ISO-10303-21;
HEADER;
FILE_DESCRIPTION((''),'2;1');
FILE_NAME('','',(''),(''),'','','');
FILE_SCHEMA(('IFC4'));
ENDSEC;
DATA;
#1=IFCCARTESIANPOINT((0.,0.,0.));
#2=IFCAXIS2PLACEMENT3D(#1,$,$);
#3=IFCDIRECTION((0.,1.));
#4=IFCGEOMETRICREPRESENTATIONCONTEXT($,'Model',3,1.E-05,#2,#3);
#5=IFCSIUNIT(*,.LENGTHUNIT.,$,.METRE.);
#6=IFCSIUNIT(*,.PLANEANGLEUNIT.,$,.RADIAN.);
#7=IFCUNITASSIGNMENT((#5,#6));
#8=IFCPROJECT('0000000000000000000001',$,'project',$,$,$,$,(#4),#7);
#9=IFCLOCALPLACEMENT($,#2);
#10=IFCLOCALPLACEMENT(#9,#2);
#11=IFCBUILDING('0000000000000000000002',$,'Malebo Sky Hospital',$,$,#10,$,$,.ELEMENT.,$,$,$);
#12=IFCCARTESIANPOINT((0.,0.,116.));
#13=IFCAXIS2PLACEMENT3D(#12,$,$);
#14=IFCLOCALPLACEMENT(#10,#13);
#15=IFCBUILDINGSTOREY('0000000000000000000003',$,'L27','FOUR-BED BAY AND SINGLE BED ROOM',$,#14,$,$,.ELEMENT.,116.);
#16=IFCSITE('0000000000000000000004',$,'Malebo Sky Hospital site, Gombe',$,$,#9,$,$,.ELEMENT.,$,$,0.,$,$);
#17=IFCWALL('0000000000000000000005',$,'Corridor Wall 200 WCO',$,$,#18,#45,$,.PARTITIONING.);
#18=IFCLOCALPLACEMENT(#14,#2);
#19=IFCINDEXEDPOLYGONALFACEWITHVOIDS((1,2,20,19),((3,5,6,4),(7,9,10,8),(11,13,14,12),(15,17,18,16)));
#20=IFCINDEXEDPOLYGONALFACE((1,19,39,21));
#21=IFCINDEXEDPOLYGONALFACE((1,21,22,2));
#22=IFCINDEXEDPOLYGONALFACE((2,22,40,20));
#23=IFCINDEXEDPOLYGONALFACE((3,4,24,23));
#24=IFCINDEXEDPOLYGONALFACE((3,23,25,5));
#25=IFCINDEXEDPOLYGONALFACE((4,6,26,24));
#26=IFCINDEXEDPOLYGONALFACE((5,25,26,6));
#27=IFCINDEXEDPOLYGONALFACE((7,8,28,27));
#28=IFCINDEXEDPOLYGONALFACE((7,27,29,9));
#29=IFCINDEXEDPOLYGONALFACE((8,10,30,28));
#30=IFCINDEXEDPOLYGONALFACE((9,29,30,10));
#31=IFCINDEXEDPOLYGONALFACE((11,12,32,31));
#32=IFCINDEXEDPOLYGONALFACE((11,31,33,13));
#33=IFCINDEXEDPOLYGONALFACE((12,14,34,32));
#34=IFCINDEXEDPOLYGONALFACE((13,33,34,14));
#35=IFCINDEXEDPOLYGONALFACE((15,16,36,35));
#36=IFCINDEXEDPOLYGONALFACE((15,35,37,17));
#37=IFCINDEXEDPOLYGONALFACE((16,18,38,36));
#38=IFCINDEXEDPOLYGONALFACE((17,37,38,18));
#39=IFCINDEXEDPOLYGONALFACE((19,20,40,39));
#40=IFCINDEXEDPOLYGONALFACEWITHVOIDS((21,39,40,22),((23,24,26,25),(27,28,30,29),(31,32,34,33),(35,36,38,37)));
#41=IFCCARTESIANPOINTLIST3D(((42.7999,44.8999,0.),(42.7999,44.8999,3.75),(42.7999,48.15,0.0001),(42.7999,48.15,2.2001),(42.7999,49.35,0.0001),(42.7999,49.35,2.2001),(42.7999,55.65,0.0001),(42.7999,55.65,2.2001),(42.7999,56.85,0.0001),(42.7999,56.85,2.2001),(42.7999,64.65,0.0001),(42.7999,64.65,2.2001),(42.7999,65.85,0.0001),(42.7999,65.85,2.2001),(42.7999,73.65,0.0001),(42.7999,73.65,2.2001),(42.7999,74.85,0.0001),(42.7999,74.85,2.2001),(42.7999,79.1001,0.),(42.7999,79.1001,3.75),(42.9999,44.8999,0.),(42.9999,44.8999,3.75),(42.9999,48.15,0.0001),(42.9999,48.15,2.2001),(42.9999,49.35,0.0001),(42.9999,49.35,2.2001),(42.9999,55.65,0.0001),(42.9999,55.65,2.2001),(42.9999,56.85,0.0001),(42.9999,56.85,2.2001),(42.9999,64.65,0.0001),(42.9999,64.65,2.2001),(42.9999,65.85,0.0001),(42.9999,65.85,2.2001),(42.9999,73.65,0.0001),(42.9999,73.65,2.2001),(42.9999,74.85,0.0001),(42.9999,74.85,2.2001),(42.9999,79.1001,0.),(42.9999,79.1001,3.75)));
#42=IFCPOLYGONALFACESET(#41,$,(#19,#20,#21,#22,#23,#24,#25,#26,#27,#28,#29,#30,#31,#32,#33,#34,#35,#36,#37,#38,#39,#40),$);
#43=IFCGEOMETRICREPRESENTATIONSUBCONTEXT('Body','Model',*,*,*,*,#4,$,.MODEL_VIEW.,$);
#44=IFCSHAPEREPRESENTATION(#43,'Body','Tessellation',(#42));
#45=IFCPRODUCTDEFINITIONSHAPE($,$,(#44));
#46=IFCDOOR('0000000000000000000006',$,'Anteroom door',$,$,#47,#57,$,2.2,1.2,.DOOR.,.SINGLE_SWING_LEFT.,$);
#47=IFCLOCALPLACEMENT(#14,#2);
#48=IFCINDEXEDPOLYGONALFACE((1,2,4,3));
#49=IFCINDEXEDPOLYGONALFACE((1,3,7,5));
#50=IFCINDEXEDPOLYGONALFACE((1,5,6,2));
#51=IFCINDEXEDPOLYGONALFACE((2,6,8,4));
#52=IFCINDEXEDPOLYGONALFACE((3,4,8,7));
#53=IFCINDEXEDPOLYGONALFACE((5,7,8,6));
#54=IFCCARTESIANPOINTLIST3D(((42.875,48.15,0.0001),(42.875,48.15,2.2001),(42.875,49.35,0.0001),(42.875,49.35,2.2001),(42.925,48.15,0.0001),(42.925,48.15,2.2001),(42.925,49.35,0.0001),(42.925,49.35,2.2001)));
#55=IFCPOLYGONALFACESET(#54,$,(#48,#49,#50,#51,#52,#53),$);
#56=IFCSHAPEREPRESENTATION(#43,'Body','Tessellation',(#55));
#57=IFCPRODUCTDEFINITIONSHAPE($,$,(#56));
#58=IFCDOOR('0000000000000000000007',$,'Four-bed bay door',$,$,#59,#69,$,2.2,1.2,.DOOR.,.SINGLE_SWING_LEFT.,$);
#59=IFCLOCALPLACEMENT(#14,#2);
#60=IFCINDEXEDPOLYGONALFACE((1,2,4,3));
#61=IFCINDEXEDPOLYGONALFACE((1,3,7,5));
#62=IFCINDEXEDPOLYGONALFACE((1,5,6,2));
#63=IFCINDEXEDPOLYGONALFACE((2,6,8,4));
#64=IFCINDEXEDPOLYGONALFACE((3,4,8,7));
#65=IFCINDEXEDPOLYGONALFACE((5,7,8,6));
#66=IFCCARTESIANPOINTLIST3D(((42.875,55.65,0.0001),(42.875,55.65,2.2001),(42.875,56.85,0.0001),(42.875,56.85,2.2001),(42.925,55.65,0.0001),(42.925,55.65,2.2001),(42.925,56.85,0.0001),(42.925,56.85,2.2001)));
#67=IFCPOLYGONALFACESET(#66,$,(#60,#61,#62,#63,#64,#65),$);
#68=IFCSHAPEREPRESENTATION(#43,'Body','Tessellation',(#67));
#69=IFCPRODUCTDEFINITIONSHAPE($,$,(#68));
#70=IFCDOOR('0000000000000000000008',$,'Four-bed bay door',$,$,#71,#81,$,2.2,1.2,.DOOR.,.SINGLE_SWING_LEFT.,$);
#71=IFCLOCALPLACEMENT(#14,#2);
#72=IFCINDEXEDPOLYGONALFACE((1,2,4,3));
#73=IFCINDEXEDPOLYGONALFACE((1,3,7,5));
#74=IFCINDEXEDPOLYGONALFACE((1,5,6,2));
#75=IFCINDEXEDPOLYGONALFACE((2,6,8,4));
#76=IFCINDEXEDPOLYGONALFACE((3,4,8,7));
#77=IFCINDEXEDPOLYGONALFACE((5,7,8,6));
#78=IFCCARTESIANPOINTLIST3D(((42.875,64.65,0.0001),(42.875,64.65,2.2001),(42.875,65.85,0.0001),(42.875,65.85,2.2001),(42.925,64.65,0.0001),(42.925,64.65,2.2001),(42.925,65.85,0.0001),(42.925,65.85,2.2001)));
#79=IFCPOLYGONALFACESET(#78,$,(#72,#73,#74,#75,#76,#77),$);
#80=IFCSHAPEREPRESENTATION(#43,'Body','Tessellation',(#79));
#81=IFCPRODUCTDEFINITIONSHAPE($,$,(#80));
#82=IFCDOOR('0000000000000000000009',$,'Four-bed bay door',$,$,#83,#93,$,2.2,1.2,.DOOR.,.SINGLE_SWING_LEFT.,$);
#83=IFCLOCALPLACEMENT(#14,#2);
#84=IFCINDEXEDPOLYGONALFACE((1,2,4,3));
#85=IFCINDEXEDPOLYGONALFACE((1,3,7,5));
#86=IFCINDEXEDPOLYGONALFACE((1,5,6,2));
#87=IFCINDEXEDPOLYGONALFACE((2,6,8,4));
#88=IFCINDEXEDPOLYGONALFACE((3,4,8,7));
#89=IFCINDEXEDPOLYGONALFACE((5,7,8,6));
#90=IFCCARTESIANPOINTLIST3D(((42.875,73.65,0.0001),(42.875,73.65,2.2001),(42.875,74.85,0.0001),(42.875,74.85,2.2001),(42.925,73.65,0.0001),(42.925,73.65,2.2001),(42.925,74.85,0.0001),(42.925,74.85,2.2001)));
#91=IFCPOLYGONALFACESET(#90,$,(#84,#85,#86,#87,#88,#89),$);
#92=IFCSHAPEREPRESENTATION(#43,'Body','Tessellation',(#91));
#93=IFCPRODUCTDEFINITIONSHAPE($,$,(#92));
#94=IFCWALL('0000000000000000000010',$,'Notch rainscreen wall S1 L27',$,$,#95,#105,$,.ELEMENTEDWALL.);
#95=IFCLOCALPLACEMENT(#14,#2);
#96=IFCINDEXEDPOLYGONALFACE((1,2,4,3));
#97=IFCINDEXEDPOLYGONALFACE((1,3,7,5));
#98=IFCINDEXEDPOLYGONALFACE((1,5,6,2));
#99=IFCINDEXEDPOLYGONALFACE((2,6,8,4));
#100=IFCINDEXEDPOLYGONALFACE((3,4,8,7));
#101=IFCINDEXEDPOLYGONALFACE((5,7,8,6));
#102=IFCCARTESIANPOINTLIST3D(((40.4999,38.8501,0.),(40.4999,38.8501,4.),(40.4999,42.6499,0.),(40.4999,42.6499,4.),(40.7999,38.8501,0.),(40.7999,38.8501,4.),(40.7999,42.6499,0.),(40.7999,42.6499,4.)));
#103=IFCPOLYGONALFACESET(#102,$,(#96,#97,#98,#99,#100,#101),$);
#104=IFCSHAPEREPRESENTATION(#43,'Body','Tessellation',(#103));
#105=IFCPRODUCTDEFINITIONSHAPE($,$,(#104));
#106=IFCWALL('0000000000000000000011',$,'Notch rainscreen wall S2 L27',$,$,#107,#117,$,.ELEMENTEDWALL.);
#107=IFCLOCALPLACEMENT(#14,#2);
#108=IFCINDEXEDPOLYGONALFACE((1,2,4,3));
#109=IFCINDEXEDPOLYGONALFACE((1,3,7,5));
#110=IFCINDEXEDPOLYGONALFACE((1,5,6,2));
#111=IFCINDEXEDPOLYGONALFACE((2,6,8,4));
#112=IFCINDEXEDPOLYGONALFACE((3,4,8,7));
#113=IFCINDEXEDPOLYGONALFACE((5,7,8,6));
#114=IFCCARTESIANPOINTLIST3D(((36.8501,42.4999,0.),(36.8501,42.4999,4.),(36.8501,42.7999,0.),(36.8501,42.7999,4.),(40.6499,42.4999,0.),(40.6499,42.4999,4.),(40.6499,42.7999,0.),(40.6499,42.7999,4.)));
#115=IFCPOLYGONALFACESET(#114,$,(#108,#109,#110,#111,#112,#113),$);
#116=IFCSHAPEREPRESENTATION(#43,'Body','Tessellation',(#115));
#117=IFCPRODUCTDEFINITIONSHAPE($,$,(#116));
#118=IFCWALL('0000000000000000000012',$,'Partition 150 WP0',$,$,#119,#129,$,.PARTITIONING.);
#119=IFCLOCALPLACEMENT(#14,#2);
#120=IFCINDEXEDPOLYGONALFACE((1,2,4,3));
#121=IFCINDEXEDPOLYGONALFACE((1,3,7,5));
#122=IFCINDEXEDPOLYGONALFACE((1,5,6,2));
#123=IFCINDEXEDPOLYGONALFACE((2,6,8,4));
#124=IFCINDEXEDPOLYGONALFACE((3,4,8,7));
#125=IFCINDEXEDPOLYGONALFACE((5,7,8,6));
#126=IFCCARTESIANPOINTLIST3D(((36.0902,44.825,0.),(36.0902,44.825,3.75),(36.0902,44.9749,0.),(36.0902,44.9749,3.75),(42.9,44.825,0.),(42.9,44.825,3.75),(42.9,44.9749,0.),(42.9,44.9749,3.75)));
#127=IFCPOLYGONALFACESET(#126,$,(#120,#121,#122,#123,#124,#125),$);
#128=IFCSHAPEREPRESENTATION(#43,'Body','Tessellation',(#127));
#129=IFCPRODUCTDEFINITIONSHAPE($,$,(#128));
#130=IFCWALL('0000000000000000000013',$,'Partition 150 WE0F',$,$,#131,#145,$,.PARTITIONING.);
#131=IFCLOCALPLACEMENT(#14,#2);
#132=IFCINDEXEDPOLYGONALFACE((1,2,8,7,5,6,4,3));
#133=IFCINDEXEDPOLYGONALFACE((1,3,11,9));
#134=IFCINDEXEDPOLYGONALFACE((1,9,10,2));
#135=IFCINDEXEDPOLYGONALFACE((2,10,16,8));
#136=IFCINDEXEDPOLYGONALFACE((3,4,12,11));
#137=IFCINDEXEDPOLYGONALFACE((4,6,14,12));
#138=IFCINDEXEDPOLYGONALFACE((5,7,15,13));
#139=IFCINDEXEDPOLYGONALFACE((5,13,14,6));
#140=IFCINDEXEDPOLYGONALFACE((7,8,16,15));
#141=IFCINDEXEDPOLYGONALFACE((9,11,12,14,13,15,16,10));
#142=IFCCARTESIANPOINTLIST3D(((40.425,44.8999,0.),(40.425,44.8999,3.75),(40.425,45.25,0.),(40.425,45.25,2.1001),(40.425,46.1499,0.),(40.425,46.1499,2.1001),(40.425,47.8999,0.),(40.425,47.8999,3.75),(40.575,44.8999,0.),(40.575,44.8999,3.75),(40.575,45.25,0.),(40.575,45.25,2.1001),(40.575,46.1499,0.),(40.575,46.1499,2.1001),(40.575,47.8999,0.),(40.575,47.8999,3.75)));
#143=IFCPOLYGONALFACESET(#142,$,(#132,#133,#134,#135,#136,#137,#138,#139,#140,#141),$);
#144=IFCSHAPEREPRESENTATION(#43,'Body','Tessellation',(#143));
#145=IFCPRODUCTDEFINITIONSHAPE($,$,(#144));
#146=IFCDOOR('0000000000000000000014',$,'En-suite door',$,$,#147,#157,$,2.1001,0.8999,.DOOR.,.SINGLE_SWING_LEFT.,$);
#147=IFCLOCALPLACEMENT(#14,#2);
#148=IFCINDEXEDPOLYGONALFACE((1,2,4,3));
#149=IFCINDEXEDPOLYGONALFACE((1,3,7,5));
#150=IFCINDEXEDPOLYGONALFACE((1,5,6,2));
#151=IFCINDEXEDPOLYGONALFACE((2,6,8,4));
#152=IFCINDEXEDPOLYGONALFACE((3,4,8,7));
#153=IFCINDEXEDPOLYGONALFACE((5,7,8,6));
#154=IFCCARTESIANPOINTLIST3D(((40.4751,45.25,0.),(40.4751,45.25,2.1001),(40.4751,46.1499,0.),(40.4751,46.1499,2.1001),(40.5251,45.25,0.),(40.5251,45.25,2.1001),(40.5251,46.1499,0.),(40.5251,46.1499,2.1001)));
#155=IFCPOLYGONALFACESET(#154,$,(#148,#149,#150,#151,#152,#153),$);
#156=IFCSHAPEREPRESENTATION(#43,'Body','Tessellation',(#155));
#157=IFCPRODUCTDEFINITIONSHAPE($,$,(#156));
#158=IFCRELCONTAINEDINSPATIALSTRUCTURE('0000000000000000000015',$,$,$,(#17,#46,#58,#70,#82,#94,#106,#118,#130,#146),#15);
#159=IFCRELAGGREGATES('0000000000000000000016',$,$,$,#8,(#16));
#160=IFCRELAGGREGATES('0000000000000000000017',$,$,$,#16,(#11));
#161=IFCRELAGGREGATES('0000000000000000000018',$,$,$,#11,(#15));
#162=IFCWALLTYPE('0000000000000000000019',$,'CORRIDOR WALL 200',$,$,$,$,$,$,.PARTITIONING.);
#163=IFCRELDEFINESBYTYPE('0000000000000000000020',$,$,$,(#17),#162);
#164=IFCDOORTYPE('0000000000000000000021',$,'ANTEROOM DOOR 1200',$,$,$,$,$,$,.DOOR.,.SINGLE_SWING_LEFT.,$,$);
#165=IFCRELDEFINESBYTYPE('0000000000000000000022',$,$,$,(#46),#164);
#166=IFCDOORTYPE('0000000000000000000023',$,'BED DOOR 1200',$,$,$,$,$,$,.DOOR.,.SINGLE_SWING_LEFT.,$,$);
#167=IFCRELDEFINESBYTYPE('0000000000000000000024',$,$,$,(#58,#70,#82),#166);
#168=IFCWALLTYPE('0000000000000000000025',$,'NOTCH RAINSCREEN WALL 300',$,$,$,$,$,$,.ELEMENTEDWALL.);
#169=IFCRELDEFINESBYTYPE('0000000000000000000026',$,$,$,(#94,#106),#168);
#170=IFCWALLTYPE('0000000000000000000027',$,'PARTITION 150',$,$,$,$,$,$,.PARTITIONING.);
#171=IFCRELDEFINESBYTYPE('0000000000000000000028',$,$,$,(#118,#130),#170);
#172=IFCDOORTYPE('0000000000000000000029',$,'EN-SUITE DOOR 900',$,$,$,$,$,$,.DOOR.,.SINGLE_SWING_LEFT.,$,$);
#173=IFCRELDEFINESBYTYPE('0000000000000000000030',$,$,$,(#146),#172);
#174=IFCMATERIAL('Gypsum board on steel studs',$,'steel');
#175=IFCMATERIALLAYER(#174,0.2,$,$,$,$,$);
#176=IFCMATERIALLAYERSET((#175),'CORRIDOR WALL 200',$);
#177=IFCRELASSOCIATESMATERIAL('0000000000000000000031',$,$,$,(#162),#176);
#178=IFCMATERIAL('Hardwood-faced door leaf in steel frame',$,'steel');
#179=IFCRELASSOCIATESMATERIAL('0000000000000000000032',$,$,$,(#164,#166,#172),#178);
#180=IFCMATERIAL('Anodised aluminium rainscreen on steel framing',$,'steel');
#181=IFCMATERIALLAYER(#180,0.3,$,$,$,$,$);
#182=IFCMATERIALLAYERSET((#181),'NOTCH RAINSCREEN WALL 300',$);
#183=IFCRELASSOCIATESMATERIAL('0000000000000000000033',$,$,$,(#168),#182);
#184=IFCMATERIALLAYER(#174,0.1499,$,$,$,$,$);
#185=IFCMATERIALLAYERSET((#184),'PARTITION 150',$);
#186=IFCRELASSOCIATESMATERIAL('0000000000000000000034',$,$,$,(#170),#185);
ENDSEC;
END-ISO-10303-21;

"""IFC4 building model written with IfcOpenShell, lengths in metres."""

from ifc_helpers import new_model, si_unit, direction, frame, frame_2d, origin, place, context, subcontext, project, spatial, rectangle, extrude, material, layer, layer_set, type_object, element, fill, save


model = new_model("IFC4")

# Units and contexts
model_context = context("Model", 3, precision=1e-05, world=origin(), true_north=direction((0.0, 1.0)))
body_context = subcontext(model_context, "Body", "Model", "MODEL_VIEW")
ifc_project = project(units=[si_unit("LENGTHUNIT", "METRE"), si_unit("PLANEANGLEUNIT", "RADIAN")], contexts=[model_context])

# Site, building, storey
site_placement = place(None, origin())
site = spatial("IfcSite", under=ifc_project, at=site_placement, Name="Malebo Sky Hospital site, Gombe", CompositionType="ELEMENT", RefElevation=0.0)
building_placement = place(site_placement, origin())
building = spatial("IfcBuilding", under=site, at=building_placement, Name="Malebo Sky Hospital", CompositionType="ELEMENT")
storey_placement = place(building_placement, frame((0.0, 0.0, 116.0)))
storey = spatial("IfcBuildingStorey", under=building, at=storey_placement, Name="L27", Description="FOUR-BED BAY AND SINGLE BED ROOM", CompositionType="ELEMENT", Elevation=116.0)

# Wall, openings, doors
ifc_material_1 = material(Name="Gypsum board on steel studs", Category="steel")
ifc_layer_1 = layer(ifc_material_1, 0.2)
ifc_layer_set_1 = layer_set([ifc_layer_1], Name="CORRIDOR WALL 200")
wall_type_1 = type_object("IfcWallType", Name="CORRIDOR WALL 200", PredefinedType="PARTITIONING", material=ifc_layer_set_1)
wall_1_placement = place(storey_placement, frame((42.8999, 44.8999, 0.0), z_axis=(0.0, 0.0, 1.0), x_axis=(0.0, 1.0, 0.0)))
wall_1 = element("IfcWall", 1, at=wall_1_placement, inside=storey, type_object=wall_type_1, Name="Corridor Wall 200 WCO", PredefinedType="PARTITIONING", context=body_context, shape_type="SweptSolid", body=[
    extrude(rectangle(XDim=34.2002, YDim=0.2, at=frame_2d((17.1001, 0.0))), origin(), (0.0, 0.0, 1.0), 3.75),
])
opening_1_placement = place(wall_1_placement, frame((3.25, 0.0, 0.0)))
opening_1 = element("IfcOpeningElement", 2, at=opening_1_placement, cuts=wall_1, PredefinedType="OPENING", context=body_context, shape_type="SweptSolid", body=[
    extrude(rectangle(XDim=1.2, YDim=2.2, at=frame_2d((0.6001, 1.1001))), frame((0.0, 0.1099, 0.0), z_axis=(0.0, -1.0, 0.0), x_axis=(1.0, 0.0, 0.0)), (0.0, 0.0, 1.0), 0.22),
])
opening_2_placement = place(wall_1_placement, frame((10.75, 0.0, 0.0)))
opening_2 = element("IfcOpeningElement", 3, at=opening_2_placement, cuts=wall_1, PredefinedType="OPENING", context=body_context, shape_type="SweptSolid", body=[
    extrude(rectangle(XDim=1.2, YDim=2.2, at=frame_2d((0.6001, 1.1001))), frame((0.0, 0.1099, 0.0), z_axis=(0.0, -1.0, 0.0), x_axis=(1.0, 0.0, 0.0)), (0.0, 0.0, 1.0), 0.22),
])
opening_3_placement = place(wall_1_placement, frame((19.75, 0.0, 0.0)))
opening_3 = element("IfcOpeningElement", 4, at=opening_3_placement, cuts=wall_1, PredefinedType="OPENING", context=body_context, shape_type="SweptSolid", body=[
    extrude(rectangle(XDim=1.2, YDim=2.2, at=frame_2d((0.6001, 1.1001))), frame((0.0, 0.1099, 0.0), z_axis=(0.0, -1.0, 0.0), x_axis=(1.0, 0.0, 0.0)), (0.0, 0.0, 1.0), 0.22),
])
opening_4_placement = place(wall_1_placement, frame((28.75, 0.0, 0.0)))
opening_4 = element("IfcOpeningElement", 5, at=opening_4_placement, cuts=wall_1, PredefinedType="OPENING", context=body_context, shape_type="SweptSolid", body=[
    extrude(rectangle(XDim=1.2, YDim=2.2, at=frame_2d((0.6001, 1.1001))), frame((0.0, 0.1099, 0.0), z_axis=(0.0, -1.0, 0.0), x_axis=(1.0, 0.0, 0.0)), (0.0, 0.0, 1.0), 0.22),
])
ifc_material_2 = material(Name="Hardwood-faced door leaf in steel frame", Category="steel")
door_type_1 = type_object("IfcDoorType", Name="ANTEROOM DOOR 1200", OperationType="SINGLE_SWING_LEFT", PredefinedType="DOOR", material=ifc_material_2)
door_1_placement = place(opening_1_placement, origin())
door_1 = element("IfcDoor", 6, at=door_1_placement, inside=storey, type_object=door_type_1, Name="Anteroom door", OperationType="SINGLE_SWING_LEFT", OverallHeight=2.2, OverallWidth=1.2, PredefinedType="DOOR", context=body_context, shape_type="SweptSolid", body=[
    extrude(rectangle(XDim=1.2, YDim=2.2, at=frame_2d((0.6001, 1.1001))), frame((0.0, 0.0249, 0.0), z_axis=(0.0, -1.0, 0.0), x_axis=(1.0, 0.0, 0.0)), (0.0, 0.0, 1.0), 0.05),
])
fill(opening_1, door_1)
door_type_2 = type_object("IfcDoorType", Name="BED DOOR 1200", OperationType="SINGLE_SWING_LEFT", PredefinedType="DOOR", material=ifc_material_2)
door_2_placement = place(opening_2_placement, origin())
door_2 = element("IfcDoor", 7, at=door_2_placement, inside=storey, type_object=door_type_2, Name="Four-bed bay door", OperationType="SINGLE_SWING_LEFT", OverallHeight=2.2, OverallWidth=1.2, PredefinedType="DOOR", context=body_context, shape_type="SweptSolid", body=[
    extrude(rectangle(XDim=1.2, YDim=2.2, at=frame_2d((0.6001, 1.1001))), frame((0.0, 0.0249, 0.0), z_axis=(0.0, -1.0, 0.0), x_axis=(1.0, 0.0, 0.0)), (0.0, 0.0, 1.0), 0.05),
])
fill(opening_2, door_2)
door_3_placement = place(opening_3_placement, origin())
door_3 = element("IfcDoor", 8, at=door_3_placement, inside=storey, type_object=door_type_2, Name="Four-bed bay door", OperationType="SINGLE_SWING_LEFT", OverallHeight=2.2, OverallWidth=1.2, PredefinedType="DOOR", context=body_context, shape_type="SweptSolid", body=[
    extrude(rectangle(XDim=1.2, YDim=2.2, at=frame_2d((0.6001, 1.1001))), frame((0.0, 0.0249, 0.0), z_axis=(0.0, -1.0, 0.0), x_axis=(1.0, 0.0, 0.0)), (0.0, 0.0, 1.0), 0.05),
])
fill(opening_3, door_3)
door_4_placement = place(opening_4_placement, origin())
door_4 = element("IfcDoor", 9, at=door_4_placement, inside=storey, type_object=door_type_2, Name="Four-bed bay door", OperationType="SINGLE_SWING_LEFT", OverallHeight=2.2, OverallWidth=1.2, PredefinedType="DOOR", context=body_context, shape_type="SweptSolid", body=[
    extrude(rectangle(XDim=1.2, YDim=2.2, at=frame_2d((0.6001, 1.1001))), frame((0.0, 0.0249, 0.0), z_axis=(0.0, -1.0, 0.0), x_axis=(1.0, 0.0, 0.0)), (0.0, 0.0, 1.0), 0.05),
])
fill(opening_4, door_4)

# Walls
ifc_material_3 = material(Name="Anodised aluminium rainscreen on steel framing", Category="steel")
ifc_layer_2 = layer(ifc_material_3, 0.3)
ifc_layer_set_2 = layer_set([ifc_layer_2], Name="NOTCH RAINSCREEN WALL 300")
wall_type_2 = type_object("IfcWallType", Name="NOTCH RAINSCREEN WALL 300", PredefinedType="ELEMENTEDWALL", material=ifc_layer_set_2)
for number, where, z_axis, x_axis, name in (
    (10, (40.6499, 38.8501, 0.0), (0.0, 0.0, 1.0), (0.0, 1.0, 0.0), "Notch rainscreen wall S1 L27"),
    (11, (40.6499, 42.6499, 0.0), (0.0, 0.0, 1.0), (-1.0, 0.0, 0.0), "Notch rainscreen wall S2 L27"),
):
    element("IfcWall", number, at=place(storey_placement, frame(where, z_axis=z_axis, x_axis=x_axis)), inside=storey, type_object=wall_type_2, Name=name, PredefinedType="ELEMENTEDWALL", context=body_context, shape_type="SweptSolid", body=[
        extrude(rectangle(XDim=3.7998, YDim=0.3, at=frame_2d((1.8999, 0.0))), origin(), (0.0, 0.0, 1.0), 4.0),
    ])
ifc_layer_3 = layer(ifc_material_1, 0.1499)
ifc_layer_set_3 = layer_set([ifc_layer_3], Name="PARTITION 150")
wall_type_3 = type_object("IfcWallType", Name="PARTITION 150", PredefinedType="PARTITIONING", material=ifc_layer_set_3)
wall_2_placement = place(storey_placement, frame((42.8999, 44.8999, 0.0), z_axis=(0.0, 0.0, 1.0), x_axis=(-1.0, 0.0, 0.0)))
element("IfcWall", 12, at=wall_2_placement, inside=storey, type_object=wall_type_3, Name="Partition 150 WP0", PredefinedType="PARTITIONING", context=body_context, shape_type="SweptSolid", body=[
    extrude(rectangle(XDim=6.8098, YDim=0.1499, at=frame_2d((3.4048, 0.0))), origin(), (0.0, 0.0, 1.0), 3.75),
])

# Wall, opening, door
wall_3_placement = place(storey_placement, frame((40.5, 44.8999, 0.0), z_axis=(0.0, 0.0, 1.0), x_axis=(0.0, 1.0, 0.0)))
wall_3 = element("IfcWall", 13, at=wall_3_placement, inside=storey, type_object=wall_type_3, Name="Partition 150 WE0F", PredefinedType="PARTITIONING", context=body_context, shape_type="SweptSolid", body=[
    extrude(rectangle(XDim=3.0, YDim=0.1499, at=frame_2d((1.5, 0.0))), origin(), (0.0, 0.0, 1.0), 3.75),
])
opening_5_placement = place(wall_3_placement, frame((0.3501, 0.0, 0.0)))
opening_5 = element("IfcOpeningElement", 14, at=opening_5_placement, cuts=wall_3, PredefinedType="OPENING", context=body_context, shape_type="SweptSolid", body=[
    extrude(rectangle(XDim=0.8999, YDim=2.1001, at=frame_2d((0.45, 1.05))), frame((0.0, 0.085, 0.0), z_axis=(0.0, -1.0, 0.0), x_axis=(1.0, 0.0, 0.0)), (0.0, 0.0, 1.0), 0.1699),
])
door_type_3 = type_object("IfcDoorType", Name="EN-SUITE DOOR 900", OperationType="SINGLE_SWING_LEFT", PredefinedType="DOOR", material=ifc_material_2)
door_5_placement = place(opening_5_placement, origin())
door_5 = element("IfcDoor", 15, at=door_5_placement, inside=storey, type_object=door_type_3, Name="En-suite door", OperationType="SINGLE_SWING_LEFT", OverallHeight=2.1001, OverallWidth=0.8999, PredefinedType="DOOR", context=body_context, shape_type="SweptSolid", body=[
    extrude(rectangle(XDim=0.8999, YDim=2.1001, at=frame_2d((0.45, 1.05))), frame((0.0, 0.0249, 0.0), z_axis=(0.0, -1.0, 0.0), x_axis=(1.0, 0.0, 0.0)), (0.0, 0.0, 1.0), 0.05),
])
fill(opening_5, door_5)

save(model, "model.ifc")
